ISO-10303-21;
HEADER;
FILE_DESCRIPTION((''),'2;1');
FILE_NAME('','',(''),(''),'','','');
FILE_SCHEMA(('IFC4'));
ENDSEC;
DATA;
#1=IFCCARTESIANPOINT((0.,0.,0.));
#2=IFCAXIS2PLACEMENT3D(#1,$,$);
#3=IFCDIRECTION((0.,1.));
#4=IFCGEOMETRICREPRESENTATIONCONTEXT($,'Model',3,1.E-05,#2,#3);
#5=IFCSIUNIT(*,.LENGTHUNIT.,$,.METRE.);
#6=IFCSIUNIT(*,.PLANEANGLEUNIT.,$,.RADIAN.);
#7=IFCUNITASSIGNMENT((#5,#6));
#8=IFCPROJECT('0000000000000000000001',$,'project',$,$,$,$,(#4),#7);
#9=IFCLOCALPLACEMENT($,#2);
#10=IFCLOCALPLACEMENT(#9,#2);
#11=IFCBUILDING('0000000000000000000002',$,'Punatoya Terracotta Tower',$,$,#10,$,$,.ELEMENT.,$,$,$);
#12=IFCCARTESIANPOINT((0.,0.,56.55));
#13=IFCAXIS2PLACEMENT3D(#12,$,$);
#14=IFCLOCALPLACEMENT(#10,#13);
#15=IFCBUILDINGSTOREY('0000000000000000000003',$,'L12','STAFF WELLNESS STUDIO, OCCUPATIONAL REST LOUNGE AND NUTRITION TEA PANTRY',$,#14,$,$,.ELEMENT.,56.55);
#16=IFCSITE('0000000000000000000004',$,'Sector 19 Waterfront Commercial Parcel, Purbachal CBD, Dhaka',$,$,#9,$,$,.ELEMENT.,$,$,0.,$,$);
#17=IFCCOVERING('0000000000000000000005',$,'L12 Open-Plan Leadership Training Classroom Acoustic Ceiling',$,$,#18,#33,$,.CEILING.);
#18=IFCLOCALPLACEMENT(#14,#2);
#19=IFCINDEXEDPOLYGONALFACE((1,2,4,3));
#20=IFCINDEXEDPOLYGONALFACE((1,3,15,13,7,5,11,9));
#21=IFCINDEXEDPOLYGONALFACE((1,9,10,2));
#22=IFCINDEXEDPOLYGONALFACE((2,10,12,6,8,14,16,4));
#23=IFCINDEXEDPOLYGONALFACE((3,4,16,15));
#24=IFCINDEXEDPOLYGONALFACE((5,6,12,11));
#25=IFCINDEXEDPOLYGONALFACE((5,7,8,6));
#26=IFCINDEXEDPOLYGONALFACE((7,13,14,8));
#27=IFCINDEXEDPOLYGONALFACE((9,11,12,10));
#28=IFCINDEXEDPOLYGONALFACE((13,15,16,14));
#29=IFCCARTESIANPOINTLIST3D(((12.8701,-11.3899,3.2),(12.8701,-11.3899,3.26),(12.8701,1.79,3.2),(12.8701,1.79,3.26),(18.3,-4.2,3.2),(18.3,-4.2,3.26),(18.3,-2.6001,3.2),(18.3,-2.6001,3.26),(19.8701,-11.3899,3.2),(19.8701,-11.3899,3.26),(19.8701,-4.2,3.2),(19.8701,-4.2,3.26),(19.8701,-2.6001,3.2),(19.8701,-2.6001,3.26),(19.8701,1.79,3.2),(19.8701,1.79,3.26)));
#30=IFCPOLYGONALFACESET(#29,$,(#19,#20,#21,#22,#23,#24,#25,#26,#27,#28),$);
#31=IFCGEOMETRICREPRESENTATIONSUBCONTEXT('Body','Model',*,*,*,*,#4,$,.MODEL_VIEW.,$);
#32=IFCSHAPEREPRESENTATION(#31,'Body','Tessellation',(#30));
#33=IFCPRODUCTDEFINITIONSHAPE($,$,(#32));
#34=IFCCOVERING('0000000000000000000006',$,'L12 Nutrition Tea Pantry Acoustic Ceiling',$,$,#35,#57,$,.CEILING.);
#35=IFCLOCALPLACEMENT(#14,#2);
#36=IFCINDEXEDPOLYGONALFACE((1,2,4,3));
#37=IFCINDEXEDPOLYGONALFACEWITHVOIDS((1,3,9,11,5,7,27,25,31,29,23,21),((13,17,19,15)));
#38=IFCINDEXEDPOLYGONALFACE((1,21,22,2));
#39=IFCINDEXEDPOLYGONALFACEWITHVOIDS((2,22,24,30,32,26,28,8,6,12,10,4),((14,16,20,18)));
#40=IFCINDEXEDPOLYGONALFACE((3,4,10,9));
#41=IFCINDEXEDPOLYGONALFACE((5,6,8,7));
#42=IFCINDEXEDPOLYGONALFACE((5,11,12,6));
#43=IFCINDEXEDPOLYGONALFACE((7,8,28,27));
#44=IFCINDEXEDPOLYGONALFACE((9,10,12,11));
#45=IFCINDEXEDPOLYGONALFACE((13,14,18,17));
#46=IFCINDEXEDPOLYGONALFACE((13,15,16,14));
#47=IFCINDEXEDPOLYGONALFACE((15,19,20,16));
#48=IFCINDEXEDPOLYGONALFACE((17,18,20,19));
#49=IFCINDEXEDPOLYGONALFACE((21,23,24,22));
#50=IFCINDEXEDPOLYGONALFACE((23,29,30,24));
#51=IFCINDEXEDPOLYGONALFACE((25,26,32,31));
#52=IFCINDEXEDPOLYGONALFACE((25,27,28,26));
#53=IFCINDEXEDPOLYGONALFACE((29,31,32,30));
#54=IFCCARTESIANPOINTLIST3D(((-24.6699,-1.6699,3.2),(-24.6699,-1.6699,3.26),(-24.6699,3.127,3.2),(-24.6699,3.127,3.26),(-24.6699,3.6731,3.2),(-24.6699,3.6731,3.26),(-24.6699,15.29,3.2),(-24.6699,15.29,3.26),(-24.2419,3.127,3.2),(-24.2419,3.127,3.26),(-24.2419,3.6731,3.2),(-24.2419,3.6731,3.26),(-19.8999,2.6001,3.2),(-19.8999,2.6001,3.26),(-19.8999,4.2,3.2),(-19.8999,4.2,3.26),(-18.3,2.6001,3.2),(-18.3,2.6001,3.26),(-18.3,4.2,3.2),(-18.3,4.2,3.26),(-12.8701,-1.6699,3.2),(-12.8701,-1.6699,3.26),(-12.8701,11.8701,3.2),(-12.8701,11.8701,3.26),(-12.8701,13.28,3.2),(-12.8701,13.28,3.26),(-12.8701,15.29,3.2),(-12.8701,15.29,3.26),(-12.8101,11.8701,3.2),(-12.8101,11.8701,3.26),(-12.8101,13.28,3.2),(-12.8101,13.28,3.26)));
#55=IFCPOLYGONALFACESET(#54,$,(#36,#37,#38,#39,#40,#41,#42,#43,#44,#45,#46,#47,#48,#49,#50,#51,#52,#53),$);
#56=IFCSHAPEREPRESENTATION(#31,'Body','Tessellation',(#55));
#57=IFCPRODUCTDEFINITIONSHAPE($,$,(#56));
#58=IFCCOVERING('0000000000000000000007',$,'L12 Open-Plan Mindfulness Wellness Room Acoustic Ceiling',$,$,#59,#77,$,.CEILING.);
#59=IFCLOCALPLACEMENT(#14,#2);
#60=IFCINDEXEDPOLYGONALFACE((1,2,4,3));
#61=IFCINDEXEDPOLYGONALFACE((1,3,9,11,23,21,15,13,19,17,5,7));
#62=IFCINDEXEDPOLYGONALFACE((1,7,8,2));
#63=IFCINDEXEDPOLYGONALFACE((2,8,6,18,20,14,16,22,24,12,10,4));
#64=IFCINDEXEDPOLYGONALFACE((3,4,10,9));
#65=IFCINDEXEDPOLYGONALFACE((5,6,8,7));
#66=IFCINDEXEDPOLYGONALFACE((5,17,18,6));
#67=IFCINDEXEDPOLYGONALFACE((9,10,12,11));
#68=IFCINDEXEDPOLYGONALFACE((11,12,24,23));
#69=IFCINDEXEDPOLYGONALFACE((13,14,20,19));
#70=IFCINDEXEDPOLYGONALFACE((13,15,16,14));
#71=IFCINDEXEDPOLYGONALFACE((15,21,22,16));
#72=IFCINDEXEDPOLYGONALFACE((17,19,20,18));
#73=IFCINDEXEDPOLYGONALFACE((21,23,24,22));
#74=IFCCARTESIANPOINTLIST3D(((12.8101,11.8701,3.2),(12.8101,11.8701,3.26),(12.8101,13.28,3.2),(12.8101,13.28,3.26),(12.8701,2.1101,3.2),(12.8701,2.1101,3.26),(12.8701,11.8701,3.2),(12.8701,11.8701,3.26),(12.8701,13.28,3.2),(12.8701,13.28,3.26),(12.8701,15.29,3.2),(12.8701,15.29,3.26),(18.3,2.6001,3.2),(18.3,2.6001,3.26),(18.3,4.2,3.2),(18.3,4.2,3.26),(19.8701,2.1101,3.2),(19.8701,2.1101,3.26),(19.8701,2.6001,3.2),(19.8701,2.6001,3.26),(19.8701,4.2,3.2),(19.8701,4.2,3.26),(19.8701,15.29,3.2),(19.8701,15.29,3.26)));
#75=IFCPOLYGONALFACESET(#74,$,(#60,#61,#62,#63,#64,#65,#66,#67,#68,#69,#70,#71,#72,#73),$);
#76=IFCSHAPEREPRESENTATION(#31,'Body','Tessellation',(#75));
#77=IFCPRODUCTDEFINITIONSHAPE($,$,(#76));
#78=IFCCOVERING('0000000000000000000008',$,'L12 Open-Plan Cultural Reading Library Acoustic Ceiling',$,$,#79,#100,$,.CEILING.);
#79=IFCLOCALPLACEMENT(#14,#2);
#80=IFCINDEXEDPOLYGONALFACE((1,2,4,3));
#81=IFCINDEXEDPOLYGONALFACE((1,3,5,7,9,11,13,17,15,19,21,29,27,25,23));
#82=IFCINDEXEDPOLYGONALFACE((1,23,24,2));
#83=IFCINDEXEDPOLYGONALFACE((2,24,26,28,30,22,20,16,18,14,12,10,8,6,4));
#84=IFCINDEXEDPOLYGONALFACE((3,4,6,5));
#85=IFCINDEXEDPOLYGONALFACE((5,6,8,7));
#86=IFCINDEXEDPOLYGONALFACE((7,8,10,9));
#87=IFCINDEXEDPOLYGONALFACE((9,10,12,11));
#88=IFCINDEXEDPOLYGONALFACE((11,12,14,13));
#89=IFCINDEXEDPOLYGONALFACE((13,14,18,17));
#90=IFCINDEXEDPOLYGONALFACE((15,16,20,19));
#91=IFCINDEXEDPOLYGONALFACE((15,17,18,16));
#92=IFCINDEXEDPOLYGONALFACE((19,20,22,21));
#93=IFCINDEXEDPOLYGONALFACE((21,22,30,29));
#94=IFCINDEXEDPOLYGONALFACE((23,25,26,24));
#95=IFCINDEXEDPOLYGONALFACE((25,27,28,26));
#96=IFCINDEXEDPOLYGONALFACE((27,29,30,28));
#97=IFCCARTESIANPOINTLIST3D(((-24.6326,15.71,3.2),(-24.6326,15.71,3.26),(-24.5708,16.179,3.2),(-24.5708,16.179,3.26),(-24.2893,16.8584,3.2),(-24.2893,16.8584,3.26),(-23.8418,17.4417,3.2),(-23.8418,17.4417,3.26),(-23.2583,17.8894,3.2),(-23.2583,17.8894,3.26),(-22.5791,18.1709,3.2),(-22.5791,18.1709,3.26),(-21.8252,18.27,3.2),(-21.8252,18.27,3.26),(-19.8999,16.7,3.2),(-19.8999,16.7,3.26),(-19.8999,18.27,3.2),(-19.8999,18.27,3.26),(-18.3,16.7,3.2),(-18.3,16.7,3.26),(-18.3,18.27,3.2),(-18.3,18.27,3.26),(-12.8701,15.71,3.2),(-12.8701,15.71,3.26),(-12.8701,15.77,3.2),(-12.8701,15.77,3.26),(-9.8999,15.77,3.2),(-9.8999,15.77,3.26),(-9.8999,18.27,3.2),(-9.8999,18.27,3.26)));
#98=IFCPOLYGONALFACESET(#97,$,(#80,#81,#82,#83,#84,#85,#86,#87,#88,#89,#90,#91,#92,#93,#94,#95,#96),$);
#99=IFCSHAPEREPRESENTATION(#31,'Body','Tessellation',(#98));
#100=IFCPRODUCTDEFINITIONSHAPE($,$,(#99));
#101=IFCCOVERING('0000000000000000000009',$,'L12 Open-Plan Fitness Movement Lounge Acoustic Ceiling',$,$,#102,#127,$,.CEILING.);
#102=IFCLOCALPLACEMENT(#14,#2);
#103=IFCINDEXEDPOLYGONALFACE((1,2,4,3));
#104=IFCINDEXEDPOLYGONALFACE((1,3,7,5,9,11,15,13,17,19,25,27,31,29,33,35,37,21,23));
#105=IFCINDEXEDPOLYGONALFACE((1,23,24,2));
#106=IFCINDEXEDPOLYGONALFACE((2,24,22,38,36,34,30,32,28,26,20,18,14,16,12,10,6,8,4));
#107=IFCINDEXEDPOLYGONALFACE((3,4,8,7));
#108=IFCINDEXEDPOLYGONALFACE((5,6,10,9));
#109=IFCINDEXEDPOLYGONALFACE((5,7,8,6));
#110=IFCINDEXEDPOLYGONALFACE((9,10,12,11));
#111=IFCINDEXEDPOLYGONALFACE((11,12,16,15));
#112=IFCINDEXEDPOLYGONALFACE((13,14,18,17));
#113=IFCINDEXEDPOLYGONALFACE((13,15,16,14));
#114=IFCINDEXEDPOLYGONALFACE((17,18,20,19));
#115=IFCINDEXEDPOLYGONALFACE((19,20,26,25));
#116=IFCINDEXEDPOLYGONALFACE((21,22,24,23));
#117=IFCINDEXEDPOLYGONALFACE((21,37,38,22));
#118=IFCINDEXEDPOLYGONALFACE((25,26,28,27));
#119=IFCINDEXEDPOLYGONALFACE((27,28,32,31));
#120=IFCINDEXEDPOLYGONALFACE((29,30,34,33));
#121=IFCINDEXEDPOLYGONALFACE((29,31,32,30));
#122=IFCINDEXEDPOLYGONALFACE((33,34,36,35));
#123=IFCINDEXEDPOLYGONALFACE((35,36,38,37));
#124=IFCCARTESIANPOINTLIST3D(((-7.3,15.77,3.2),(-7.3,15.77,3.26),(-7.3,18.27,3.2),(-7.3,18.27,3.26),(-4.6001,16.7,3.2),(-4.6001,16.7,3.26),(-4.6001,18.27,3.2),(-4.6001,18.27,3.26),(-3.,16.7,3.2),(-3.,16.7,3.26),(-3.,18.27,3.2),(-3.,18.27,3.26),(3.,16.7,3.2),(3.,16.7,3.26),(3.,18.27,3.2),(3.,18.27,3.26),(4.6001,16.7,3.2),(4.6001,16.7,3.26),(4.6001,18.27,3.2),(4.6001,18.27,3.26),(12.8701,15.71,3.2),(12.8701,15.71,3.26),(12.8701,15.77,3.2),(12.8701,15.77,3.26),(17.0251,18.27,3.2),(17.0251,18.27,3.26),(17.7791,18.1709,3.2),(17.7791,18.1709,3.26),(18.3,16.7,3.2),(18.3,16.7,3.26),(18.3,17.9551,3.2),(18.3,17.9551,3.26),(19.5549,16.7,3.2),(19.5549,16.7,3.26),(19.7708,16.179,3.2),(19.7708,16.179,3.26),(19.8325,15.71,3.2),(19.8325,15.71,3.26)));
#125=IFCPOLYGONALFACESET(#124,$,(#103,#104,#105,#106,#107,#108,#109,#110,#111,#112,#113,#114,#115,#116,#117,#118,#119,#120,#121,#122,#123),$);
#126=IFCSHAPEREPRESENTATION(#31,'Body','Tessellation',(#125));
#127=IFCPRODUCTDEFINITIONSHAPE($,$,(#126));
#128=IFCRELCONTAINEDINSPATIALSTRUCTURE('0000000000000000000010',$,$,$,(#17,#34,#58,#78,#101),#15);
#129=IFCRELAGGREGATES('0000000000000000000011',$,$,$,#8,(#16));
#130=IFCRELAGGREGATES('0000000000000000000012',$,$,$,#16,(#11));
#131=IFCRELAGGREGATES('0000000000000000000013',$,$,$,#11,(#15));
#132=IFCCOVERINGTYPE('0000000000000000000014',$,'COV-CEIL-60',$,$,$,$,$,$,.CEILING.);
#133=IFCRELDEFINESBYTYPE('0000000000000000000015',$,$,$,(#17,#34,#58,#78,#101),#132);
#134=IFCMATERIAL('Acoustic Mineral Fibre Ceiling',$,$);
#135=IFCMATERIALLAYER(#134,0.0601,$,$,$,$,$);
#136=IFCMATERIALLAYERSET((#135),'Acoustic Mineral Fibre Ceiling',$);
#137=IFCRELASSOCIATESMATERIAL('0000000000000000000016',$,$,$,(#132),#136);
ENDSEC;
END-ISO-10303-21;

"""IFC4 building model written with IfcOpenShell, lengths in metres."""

from ifc_helpers import new_model, si_unit, direction, frame, origin, place, context, subcontext, project, spatial, polyline, outline, extrude, material, layer, layer_set, type_object, element, save


model = new_model("IFC4")

# Units and contexts
model_context = context("Model", 3, precision=1e-05, world=origin(), true_north=direction((0.0, 1.0)))
body_context = subcontext(model_context, "Body", "Model", "MODEL_VIEW")
ifc_project = project(units=[si_unit("LENGTHUNIT", "METRE"), si_unit("PLANEANGLEUNIT", "RADIAN")], contexts=[model_context])

# Site, building, storey
site_placement = place(None, origin())
site = spatial("IfcSite", under=ifc_project, at=site_placement, Name="Sector 19 Waterfront Commercial Parcel, Purbachal CBD, Dhaka", CompositionType="ELEMENT", RefElevation=0.0)
building_placement = place(site_placement, origin())
building = spatial("IfcBuilding", under=site, at=building_placement, Name="Punatoya Terracotta Tower", CompositionType="ELEMENT")
storey_placement = place(building_placement, frame((0.0, 0.0, 56.55)))
storey = spatial("IfcBuildingStorey", under=building, at=storey_placement, Name="L12", Description="STAFF WELLNESS STUDIO, OCCUPATIONAL REST LOUNGE AND NUTRITION TEA PANTRY", CompositionType="ELEMENT", Elevation=56.55)

# Coverings
ifc_material_1 = material(Name="Acoustic Mineral Fibre Ceiling")
ifc_layer_1 = layer(ifc_material_1, 0.0601)
ifc_layer_set_1 = layer_set([ifc_layer_1], Name="Acoustic Mineral Fibre Ceiling")
covering_type = type_object("IfcCoveringType", Name="COV-CEIL-60", PredefinedType="CEILING", material=ifc_layer_set_1)
covering_1_placement = place(storey_placement, frame((0.0, 0.0, 3.2)))
element("IfcCovering", 1, at=covering_1_placement, inside=storey, type_object=covering_type, Name="L12 Open-Plan Leadership Training Classroom Acoustic Ceiling", PredefinedType="CEILING", context=body_context, shape_type="SweptSolid", body=[
    extrude(outline(polyline([(19.8701, -11.3899), (19.8701, -4.2), (18.3, -4.2), (18.3, -2.6001), (19.8701, -2.6001), (19.8701, 1.79), (12.8701, 1.79), (12.8701, -11.3899), (19.8701, -11.3899)])), origin(), (0.0, 0.0, 1.0), 0.0601),
])
covering_2_placement = place(storey_placement, frame((0.0, 0.0, 3.2)))
element("IfcCovering", 2, at=covering_2_placement, inside=storey, type_object=covering_type, Name="L12 Nutrition Tea Pantry Acoustic Ceiling", PredefinedType="CEILING", context=body_context, shape_type="SweptSolid", body=[
    extrude(outline(polyline([(-12.8701, 11.8701), (-12.8101, 11.8701), (-12.8101, 13.28), (-12.8701, 13.28), (-12.8701, 15.29), (-24.6699, 15.29), (-24.6699, 3.6731), (-24.2419, 3.6731), (-24.2419, 3.127), (-24.6699, 3.127), (-24.6699, -1.6699), (-12.8701, -1.6699), (-12.8701, 11.8701)]), holes=[polyline([(-18.3, 4.2), (-18.3, 2.6001), (-19.8999, 2.6001), (-19.8999, 4.2), (-18.3, 4.2)])]), origin(), (0.0, 0.0, 1.0), 0.0601),
])
covering_3_placement = place(storey_placement, frame((0.0, 0.0, 3.2)))
element("IfcCovering", 3, at=covering_3_placement, inside=storey, type_object=covering_type, Name="L12 Open-Plan Mindfulness Wellness Room Acoustic Ceiling", PredefinedType="CEILING", context=body_context, shape_type="SweptSolid", body=[
    extrude(outline(polyline([(12.8101, 11.8701), (12.8701, 11.8701), (12.8701, 2.1101), (19.8701, 2.1101), (19.8701, 2.6001), (18.3, 2.6001), (18.3, 4.2), (19.8701, 4.2), (19.8701, 15.29), (12.8701, 15.29), (12.8701, 13.28), (12.8101, 13.28), (12.8101, 11.8701)])), origin(), (0.0, 0.0, 1.0), 0.0601),
])
covering_4_placement = place(storey_placement, frame((0.0, 0.0, 3.2)))
element("IfcCovering", 4, at=covering_4_placement, inside=storey, type_object=covering_type, Name="L12 Open-Plan Cultural Reading Library Acoustic Ceiling", PredefinedType="CEILING", context=body_context, shape_type="SweptSolid", body=[
    extrude(outline(polyline([(-18.3, 18.27), (-18.3, 16.7), (-19.8999, 16.7), (-19.8999, 18.27), (-21.8252, 18.27), (-22.5791, 18.1709), (-23.2583, 17.8894), (-23.8418, 17.4417), (-24.2893, 16.8584), (-24.5708, 16.179), (-24.6326, 15.71), (-12.8701, 15.71), (-12.8701, 15.77), (-9.8999, 15.77), (-9.8999, 18.27), (-18.3, 18.27)])), origin(), (0.0, 0.0, 1.0), 0.0601),
])
covering_5_placement = place(storey_placement, frame((0.0, 0.0, 3.2)))
element("IfcCovering", 5, at=covering_5_placement, inside=storey, type_object=covering_type, Name="L12 Open-Plan Fitness Movement Lounge Acoustic Ceiling", PredefinedType="CEILING", context=body_context, shape_type="SweptSolid", body=[
    extrude(outline(polyline([(4.6001, 18.27), (4.6001, 16.7), (3.0, 16.7), (3.0, 18.27), (-3.0, 18.27), (-3.0, 16.7), (-4.6001, 16.7), (-4.6001, 18.27), (-7.3, 18.27), (-7.3, 15.77), (12.8701, 15.77), (12.8701, 15.71), (19.8325, 15.71), (19.7708, 16.179), (19.5549, 16.7), (18.3, 16.7), (18.3, 17.9551), (17.7791, 18.1709), (17.0251, 18.27), (4.6001, 18.27)])), origin(), (0.0, 0.0, 1.0), 0.0601),
])

save(model, "model.ifc")
